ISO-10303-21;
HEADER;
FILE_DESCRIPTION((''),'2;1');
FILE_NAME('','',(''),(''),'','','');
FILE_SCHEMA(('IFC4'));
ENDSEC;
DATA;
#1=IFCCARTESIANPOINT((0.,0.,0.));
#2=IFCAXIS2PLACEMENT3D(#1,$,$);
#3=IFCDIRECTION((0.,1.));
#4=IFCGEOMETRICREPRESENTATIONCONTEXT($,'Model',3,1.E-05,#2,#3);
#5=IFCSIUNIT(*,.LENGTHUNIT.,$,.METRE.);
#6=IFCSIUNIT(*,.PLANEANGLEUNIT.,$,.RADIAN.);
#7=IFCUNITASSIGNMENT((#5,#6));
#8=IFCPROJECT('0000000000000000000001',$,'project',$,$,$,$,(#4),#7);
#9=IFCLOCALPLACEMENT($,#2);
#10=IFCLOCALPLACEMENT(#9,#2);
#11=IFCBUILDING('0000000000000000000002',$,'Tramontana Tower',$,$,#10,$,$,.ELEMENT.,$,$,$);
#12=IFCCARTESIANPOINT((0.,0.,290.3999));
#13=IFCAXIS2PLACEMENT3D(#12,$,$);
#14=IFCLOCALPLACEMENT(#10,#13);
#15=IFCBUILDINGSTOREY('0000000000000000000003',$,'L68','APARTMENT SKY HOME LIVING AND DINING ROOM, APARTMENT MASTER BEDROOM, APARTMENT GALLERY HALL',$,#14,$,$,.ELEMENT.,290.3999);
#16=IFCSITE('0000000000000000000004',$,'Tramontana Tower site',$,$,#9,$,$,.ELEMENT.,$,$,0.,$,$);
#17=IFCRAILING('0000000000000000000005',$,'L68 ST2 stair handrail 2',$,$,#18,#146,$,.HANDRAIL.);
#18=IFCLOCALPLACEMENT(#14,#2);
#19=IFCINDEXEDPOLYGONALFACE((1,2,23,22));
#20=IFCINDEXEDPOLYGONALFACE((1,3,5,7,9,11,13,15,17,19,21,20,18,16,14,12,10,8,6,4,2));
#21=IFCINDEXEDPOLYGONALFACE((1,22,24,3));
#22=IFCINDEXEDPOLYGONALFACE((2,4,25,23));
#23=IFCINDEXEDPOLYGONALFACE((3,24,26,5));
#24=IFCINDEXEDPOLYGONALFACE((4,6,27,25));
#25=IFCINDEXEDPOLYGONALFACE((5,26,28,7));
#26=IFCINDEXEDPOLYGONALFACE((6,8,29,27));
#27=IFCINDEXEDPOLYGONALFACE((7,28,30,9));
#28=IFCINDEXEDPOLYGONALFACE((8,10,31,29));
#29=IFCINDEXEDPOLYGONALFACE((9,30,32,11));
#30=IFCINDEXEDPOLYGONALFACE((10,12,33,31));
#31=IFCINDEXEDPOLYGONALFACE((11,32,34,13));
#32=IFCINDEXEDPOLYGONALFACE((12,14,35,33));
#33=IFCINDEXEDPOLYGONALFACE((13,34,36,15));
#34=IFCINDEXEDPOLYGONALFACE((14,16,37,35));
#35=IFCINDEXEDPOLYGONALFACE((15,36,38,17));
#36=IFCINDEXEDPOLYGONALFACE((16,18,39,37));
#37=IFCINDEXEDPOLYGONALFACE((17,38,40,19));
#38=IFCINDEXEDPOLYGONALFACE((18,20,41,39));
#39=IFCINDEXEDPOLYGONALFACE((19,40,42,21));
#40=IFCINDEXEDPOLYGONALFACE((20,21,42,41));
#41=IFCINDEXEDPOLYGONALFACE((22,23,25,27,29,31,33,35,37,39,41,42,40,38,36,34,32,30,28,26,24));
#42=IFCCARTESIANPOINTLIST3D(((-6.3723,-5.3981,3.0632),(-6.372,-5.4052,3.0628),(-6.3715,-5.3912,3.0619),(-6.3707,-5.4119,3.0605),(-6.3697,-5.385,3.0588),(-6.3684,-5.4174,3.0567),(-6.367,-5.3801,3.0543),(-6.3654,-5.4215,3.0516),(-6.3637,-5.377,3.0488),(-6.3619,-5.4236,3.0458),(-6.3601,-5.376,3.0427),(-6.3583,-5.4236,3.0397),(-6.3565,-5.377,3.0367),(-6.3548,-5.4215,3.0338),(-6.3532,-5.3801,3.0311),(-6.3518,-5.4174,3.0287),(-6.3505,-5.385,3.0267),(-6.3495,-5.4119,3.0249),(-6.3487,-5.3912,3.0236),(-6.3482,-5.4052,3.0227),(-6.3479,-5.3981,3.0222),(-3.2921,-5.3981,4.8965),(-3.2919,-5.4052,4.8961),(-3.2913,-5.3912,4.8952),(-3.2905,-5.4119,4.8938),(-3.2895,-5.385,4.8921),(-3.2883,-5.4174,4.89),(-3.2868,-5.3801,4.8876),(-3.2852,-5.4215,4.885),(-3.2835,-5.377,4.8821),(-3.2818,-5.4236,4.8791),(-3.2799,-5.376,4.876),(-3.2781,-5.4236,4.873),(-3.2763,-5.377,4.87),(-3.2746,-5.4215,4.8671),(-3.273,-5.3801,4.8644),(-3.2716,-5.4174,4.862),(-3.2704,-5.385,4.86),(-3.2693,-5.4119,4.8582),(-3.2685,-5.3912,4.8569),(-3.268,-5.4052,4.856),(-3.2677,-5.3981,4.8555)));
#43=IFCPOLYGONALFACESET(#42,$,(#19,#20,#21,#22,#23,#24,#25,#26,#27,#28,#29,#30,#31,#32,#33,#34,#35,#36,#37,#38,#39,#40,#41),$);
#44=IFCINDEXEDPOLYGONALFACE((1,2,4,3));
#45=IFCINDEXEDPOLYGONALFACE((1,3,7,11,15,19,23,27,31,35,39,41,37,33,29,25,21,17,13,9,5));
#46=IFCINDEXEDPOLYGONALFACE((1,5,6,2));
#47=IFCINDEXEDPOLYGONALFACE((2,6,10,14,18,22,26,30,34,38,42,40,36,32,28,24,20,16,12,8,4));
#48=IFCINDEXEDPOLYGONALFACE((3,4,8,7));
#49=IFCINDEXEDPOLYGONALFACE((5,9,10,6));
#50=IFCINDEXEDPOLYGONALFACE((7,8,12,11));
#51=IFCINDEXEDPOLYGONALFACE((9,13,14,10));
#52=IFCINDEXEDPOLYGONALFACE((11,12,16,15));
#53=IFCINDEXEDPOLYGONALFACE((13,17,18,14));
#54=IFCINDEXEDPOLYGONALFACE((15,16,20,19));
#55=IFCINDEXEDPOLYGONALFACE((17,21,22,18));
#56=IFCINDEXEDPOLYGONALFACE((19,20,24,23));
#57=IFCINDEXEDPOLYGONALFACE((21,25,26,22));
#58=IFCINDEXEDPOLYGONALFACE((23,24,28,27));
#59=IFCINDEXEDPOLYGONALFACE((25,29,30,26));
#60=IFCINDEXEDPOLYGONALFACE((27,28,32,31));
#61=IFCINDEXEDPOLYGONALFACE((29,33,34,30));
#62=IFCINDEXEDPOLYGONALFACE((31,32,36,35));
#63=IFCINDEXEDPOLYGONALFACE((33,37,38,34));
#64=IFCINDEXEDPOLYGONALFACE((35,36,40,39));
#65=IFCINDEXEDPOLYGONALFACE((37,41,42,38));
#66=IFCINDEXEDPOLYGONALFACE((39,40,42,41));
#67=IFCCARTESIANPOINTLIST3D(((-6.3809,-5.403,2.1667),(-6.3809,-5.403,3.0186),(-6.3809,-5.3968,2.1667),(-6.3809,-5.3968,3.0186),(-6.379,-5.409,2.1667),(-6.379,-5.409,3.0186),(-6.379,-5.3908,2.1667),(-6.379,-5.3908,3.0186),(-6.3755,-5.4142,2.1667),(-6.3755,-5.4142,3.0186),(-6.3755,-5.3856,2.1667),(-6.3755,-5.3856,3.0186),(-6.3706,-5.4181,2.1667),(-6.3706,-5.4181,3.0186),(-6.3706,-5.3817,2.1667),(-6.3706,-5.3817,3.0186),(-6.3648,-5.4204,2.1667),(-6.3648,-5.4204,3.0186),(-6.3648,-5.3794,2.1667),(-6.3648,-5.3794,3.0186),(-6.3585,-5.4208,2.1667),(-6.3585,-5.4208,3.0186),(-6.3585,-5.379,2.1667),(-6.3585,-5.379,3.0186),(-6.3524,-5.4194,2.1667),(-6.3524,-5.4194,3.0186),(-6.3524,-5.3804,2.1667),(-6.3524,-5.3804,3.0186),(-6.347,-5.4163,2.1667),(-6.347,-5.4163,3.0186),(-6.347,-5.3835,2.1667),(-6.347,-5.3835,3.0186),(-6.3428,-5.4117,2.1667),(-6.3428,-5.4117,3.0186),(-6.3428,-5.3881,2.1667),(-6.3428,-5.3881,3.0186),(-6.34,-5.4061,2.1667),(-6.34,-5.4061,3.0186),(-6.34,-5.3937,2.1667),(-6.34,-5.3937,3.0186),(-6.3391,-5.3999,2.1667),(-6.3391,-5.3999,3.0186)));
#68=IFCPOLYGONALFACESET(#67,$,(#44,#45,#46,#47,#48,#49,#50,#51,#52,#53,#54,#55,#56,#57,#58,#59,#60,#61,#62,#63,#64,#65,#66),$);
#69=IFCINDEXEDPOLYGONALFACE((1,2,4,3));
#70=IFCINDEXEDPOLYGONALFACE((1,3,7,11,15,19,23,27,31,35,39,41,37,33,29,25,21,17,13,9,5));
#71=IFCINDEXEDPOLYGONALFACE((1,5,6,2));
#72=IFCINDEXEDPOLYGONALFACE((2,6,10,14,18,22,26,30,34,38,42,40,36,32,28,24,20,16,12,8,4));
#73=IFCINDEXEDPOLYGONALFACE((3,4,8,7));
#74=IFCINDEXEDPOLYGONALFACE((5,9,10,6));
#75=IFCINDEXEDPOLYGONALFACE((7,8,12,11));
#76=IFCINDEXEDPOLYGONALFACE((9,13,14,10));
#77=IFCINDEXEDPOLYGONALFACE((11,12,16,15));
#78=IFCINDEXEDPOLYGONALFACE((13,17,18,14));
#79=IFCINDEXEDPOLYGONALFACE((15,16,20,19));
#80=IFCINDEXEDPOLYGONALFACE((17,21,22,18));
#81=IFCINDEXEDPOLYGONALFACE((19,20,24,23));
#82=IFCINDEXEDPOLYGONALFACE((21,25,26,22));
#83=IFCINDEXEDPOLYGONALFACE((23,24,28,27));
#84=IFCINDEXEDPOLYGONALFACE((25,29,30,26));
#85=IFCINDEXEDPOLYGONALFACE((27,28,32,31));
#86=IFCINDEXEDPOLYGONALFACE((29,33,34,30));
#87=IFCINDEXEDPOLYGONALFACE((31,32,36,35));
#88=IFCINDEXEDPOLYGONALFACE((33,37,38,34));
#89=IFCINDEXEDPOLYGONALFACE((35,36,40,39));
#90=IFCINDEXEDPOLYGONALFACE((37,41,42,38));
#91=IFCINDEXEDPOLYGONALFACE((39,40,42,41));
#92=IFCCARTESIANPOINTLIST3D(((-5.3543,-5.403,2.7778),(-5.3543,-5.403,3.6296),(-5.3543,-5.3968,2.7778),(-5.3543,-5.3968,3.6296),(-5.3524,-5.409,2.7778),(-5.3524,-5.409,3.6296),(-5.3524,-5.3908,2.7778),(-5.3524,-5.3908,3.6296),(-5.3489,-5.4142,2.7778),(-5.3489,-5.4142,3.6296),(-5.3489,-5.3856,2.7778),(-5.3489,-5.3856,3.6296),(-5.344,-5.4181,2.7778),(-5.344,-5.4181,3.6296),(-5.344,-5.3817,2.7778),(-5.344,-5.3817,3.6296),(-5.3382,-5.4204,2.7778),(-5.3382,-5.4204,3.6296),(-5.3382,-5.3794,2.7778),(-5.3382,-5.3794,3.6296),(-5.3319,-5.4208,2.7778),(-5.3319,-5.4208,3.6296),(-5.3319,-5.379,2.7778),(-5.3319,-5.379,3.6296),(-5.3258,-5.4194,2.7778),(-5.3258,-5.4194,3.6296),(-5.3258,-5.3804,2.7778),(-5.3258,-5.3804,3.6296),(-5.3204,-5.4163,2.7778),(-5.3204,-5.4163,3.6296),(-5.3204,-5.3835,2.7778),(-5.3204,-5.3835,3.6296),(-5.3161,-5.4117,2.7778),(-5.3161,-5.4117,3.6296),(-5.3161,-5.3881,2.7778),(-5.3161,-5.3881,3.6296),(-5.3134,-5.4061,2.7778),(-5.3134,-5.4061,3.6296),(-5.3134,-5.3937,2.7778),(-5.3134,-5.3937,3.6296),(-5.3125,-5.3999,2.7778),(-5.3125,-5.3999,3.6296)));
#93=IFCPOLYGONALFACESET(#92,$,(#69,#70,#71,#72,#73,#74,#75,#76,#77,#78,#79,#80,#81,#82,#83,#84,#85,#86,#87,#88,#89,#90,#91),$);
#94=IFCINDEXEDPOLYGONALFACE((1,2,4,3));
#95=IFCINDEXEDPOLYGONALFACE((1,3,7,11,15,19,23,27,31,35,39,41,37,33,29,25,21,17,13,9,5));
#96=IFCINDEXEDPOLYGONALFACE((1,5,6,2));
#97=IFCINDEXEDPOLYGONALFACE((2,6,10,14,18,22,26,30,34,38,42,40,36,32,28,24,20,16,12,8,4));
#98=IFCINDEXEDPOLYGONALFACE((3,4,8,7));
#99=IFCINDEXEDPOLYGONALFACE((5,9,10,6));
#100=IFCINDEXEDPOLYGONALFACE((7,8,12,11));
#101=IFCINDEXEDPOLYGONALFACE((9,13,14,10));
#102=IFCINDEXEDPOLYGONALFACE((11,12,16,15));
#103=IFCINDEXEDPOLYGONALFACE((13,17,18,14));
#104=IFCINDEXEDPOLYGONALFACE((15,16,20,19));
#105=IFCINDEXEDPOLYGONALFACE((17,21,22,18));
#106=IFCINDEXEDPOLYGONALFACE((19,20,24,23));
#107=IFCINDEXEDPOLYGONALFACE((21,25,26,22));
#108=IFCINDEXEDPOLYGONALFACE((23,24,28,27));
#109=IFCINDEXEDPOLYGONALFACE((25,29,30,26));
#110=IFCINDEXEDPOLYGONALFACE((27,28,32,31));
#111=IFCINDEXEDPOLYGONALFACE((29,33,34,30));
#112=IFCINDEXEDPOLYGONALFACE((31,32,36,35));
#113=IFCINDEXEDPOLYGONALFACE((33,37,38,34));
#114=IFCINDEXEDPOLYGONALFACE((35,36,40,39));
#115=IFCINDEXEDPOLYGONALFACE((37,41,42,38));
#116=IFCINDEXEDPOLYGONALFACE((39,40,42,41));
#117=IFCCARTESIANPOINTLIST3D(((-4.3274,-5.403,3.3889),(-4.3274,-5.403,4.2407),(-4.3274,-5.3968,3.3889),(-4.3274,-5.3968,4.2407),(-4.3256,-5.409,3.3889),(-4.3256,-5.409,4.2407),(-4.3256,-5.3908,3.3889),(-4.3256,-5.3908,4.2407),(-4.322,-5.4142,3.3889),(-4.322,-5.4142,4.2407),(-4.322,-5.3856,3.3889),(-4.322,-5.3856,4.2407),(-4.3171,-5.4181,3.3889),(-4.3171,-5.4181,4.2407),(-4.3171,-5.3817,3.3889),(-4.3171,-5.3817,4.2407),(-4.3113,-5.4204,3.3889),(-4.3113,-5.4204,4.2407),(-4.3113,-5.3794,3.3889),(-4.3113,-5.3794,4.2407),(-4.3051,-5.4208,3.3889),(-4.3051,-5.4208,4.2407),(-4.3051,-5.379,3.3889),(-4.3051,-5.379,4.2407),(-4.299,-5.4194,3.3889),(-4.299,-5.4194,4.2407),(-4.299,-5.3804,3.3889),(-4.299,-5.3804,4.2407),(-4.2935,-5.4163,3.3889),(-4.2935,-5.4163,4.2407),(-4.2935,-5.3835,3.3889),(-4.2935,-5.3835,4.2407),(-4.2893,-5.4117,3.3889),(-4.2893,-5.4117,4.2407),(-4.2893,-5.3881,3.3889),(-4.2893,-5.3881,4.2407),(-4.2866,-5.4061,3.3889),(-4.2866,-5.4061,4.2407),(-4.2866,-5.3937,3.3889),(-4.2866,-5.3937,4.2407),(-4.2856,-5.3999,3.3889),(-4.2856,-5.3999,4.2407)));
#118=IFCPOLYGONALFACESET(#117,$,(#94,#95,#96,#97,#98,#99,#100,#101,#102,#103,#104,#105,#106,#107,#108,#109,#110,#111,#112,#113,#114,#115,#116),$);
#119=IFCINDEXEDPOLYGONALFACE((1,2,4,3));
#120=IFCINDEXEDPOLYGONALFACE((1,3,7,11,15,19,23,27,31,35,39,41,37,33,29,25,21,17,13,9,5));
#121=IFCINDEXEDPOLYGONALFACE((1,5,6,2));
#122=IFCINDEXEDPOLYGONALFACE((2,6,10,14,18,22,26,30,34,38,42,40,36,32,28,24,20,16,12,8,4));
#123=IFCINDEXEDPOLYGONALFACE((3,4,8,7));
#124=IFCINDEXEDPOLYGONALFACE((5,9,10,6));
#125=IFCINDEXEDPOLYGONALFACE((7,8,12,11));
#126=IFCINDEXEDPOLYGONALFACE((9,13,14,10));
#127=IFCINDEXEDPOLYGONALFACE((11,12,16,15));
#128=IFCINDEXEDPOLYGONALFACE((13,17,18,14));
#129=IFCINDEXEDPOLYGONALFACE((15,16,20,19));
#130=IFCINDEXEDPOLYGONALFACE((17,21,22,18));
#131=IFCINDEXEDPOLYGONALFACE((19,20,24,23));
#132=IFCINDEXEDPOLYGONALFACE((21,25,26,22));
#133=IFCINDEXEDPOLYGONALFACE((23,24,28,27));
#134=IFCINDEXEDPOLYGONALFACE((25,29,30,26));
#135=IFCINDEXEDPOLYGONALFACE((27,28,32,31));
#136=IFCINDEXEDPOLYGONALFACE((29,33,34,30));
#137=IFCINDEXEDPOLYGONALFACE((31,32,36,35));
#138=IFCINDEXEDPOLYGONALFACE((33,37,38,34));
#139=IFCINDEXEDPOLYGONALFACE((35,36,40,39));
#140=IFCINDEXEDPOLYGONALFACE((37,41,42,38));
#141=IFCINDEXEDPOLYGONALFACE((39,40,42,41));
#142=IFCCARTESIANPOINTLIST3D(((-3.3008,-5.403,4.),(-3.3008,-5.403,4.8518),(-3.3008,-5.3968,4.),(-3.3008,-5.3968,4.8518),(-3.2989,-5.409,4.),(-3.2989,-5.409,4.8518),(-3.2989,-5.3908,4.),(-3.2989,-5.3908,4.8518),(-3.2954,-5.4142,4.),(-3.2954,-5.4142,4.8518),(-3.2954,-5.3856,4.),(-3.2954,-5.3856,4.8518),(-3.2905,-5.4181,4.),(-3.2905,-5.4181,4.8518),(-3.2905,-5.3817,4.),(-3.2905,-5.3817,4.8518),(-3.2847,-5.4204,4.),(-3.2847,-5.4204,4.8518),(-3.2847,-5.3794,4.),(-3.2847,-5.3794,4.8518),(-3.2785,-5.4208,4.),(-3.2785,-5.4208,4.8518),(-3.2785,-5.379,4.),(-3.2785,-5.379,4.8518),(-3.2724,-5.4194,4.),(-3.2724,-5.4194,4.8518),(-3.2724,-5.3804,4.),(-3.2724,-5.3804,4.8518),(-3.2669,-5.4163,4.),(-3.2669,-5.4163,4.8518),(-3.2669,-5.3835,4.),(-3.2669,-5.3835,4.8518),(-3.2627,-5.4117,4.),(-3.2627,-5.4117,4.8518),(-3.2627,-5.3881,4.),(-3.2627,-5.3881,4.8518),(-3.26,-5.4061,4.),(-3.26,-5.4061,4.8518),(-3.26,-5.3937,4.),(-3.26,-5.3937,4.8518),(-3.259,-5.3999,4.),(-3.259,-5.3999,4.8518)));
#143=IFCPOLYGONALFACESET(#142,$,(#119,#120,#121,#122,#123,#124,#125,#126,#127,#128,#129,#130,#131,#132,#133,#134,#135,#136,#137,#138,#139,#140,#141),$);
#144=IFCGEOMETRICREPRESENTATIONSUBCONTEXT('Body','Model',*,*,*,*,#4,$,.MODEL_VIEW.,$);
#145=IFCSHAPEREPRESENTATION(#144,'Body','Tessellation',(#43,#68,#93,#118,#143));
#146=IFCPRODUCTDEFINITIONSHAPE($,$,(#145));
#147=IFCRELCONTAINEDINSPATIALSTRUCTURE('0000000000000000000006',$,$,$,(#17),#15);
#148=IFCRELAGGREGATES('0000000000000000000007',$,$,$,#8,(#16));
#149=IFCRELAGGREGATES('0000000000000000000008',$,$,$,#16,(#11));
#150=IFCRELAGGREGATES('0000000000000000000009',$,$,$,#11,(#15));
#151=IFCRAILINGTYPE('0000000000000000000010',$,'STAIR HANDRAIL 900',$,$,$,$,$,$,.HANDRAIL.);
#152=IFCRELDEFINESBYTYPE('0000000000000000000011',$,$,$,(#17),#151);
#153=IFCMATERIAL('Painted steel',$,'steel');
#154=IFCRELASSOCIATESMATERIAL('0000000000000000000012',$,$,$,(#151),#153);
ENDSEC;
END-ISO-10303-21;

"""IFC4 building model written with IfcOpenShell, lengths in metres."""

from ifc_helpers import new_model, si_unit, direction, frame, origin, origin_2d, place, context, subcontext, project, spatial, circle, extrude, material, type_object, element, save


model = new_model("IFC4")

# Units and contexts
model_context = context("Model", 3, precision=1e-05, world=origin(), true_north=direction((0.0, 1.0)))
body_context = subcontext(model_context, "Body", "Model", "MODEL_VIEW")
ifc_project = project(units=[si_unit("LENGTHUNIT", "METRE"), si_unit("PLANEANGLEUNIT", "RADIAN")], contexts=[model_context])

# Site, building, storey
site_placement = place(None, origin())
site = spatial("IfcSite", under=ifc_project, at=site_placement, Name="Tramontana Tower site", CompositionType="ELEMENT", RefElevation=0.0)
building_placement = place(site_placement, origin())
building = spatial("IfcBuilding", under=site, at=building_placement, Name="Tramontana Tower", CompositionType="ELEMENT")
storey_placement = place(building_placement, frame((0.0, 0.0, 290.3999)))
storey = spatial("IfcBuildingStorey", under=building, at=storey_placement, Name="L68", Description="APARTMENT SKY HOME LIVING AND DINING ROOM, APARTMENT MASTER BEDROOM, APARTMENT GALLERY HALL", CompositionType="ELEMENT", Elevation=290.3999)

# Railing
ifc_material_1 = material(Name="Painted steel", Category="steel")
railing_type_1 = type_object("IfcRailingType", Name="STAIR HANDRAIL 900", PredefinedType="HANDRAIL", material=ifc_material_1)
railing_1_placement = place(storey_placement, frame((-6.3601, -5.3999, 2.1667)))
element("IfcRailing", 1, at=railing_1_placement, inside=storey, type_object=railing_type_1, Name="L68 ST2 stair handrail 2", PredefinedType="HANDRAIL", context=body_context, shape_type="SweptSolid", body=[
    extrude(circle(Radius=0.0239, at=origin_2d()), frame((0.0, 0.0, 0.876), z_axis=(0.859309, 0.0, 0.511458), x_axis=(0.0, 1.0, 0.0)), (0.0, 0.0, 1.0), 3.5845),
    extrude(circle(Radius=0.021, at=origin_2d()), origin(), (0.0, 0.0, 1.0), 0.8518),
    extrude(circle(Radius=0.021, at=origin_2d()), frame((1.0266, 0.0, 0.6111)), (0.0, 0.0, 1.0), 0.8518),
    extrude(circle(Radius=0.021, at=origin_2d()), frame((2.0535, 0.0, 1.2222)), (0.0, 0.0, 1.0), 0.8518),
    extrude(circle(Radius=0.021, at=origin_2d()), frame((3.0801, 0.0, 1.8333)), (0.0, 0.0, 1.0), 0.8518),
])

save(model, "model.ifc")
